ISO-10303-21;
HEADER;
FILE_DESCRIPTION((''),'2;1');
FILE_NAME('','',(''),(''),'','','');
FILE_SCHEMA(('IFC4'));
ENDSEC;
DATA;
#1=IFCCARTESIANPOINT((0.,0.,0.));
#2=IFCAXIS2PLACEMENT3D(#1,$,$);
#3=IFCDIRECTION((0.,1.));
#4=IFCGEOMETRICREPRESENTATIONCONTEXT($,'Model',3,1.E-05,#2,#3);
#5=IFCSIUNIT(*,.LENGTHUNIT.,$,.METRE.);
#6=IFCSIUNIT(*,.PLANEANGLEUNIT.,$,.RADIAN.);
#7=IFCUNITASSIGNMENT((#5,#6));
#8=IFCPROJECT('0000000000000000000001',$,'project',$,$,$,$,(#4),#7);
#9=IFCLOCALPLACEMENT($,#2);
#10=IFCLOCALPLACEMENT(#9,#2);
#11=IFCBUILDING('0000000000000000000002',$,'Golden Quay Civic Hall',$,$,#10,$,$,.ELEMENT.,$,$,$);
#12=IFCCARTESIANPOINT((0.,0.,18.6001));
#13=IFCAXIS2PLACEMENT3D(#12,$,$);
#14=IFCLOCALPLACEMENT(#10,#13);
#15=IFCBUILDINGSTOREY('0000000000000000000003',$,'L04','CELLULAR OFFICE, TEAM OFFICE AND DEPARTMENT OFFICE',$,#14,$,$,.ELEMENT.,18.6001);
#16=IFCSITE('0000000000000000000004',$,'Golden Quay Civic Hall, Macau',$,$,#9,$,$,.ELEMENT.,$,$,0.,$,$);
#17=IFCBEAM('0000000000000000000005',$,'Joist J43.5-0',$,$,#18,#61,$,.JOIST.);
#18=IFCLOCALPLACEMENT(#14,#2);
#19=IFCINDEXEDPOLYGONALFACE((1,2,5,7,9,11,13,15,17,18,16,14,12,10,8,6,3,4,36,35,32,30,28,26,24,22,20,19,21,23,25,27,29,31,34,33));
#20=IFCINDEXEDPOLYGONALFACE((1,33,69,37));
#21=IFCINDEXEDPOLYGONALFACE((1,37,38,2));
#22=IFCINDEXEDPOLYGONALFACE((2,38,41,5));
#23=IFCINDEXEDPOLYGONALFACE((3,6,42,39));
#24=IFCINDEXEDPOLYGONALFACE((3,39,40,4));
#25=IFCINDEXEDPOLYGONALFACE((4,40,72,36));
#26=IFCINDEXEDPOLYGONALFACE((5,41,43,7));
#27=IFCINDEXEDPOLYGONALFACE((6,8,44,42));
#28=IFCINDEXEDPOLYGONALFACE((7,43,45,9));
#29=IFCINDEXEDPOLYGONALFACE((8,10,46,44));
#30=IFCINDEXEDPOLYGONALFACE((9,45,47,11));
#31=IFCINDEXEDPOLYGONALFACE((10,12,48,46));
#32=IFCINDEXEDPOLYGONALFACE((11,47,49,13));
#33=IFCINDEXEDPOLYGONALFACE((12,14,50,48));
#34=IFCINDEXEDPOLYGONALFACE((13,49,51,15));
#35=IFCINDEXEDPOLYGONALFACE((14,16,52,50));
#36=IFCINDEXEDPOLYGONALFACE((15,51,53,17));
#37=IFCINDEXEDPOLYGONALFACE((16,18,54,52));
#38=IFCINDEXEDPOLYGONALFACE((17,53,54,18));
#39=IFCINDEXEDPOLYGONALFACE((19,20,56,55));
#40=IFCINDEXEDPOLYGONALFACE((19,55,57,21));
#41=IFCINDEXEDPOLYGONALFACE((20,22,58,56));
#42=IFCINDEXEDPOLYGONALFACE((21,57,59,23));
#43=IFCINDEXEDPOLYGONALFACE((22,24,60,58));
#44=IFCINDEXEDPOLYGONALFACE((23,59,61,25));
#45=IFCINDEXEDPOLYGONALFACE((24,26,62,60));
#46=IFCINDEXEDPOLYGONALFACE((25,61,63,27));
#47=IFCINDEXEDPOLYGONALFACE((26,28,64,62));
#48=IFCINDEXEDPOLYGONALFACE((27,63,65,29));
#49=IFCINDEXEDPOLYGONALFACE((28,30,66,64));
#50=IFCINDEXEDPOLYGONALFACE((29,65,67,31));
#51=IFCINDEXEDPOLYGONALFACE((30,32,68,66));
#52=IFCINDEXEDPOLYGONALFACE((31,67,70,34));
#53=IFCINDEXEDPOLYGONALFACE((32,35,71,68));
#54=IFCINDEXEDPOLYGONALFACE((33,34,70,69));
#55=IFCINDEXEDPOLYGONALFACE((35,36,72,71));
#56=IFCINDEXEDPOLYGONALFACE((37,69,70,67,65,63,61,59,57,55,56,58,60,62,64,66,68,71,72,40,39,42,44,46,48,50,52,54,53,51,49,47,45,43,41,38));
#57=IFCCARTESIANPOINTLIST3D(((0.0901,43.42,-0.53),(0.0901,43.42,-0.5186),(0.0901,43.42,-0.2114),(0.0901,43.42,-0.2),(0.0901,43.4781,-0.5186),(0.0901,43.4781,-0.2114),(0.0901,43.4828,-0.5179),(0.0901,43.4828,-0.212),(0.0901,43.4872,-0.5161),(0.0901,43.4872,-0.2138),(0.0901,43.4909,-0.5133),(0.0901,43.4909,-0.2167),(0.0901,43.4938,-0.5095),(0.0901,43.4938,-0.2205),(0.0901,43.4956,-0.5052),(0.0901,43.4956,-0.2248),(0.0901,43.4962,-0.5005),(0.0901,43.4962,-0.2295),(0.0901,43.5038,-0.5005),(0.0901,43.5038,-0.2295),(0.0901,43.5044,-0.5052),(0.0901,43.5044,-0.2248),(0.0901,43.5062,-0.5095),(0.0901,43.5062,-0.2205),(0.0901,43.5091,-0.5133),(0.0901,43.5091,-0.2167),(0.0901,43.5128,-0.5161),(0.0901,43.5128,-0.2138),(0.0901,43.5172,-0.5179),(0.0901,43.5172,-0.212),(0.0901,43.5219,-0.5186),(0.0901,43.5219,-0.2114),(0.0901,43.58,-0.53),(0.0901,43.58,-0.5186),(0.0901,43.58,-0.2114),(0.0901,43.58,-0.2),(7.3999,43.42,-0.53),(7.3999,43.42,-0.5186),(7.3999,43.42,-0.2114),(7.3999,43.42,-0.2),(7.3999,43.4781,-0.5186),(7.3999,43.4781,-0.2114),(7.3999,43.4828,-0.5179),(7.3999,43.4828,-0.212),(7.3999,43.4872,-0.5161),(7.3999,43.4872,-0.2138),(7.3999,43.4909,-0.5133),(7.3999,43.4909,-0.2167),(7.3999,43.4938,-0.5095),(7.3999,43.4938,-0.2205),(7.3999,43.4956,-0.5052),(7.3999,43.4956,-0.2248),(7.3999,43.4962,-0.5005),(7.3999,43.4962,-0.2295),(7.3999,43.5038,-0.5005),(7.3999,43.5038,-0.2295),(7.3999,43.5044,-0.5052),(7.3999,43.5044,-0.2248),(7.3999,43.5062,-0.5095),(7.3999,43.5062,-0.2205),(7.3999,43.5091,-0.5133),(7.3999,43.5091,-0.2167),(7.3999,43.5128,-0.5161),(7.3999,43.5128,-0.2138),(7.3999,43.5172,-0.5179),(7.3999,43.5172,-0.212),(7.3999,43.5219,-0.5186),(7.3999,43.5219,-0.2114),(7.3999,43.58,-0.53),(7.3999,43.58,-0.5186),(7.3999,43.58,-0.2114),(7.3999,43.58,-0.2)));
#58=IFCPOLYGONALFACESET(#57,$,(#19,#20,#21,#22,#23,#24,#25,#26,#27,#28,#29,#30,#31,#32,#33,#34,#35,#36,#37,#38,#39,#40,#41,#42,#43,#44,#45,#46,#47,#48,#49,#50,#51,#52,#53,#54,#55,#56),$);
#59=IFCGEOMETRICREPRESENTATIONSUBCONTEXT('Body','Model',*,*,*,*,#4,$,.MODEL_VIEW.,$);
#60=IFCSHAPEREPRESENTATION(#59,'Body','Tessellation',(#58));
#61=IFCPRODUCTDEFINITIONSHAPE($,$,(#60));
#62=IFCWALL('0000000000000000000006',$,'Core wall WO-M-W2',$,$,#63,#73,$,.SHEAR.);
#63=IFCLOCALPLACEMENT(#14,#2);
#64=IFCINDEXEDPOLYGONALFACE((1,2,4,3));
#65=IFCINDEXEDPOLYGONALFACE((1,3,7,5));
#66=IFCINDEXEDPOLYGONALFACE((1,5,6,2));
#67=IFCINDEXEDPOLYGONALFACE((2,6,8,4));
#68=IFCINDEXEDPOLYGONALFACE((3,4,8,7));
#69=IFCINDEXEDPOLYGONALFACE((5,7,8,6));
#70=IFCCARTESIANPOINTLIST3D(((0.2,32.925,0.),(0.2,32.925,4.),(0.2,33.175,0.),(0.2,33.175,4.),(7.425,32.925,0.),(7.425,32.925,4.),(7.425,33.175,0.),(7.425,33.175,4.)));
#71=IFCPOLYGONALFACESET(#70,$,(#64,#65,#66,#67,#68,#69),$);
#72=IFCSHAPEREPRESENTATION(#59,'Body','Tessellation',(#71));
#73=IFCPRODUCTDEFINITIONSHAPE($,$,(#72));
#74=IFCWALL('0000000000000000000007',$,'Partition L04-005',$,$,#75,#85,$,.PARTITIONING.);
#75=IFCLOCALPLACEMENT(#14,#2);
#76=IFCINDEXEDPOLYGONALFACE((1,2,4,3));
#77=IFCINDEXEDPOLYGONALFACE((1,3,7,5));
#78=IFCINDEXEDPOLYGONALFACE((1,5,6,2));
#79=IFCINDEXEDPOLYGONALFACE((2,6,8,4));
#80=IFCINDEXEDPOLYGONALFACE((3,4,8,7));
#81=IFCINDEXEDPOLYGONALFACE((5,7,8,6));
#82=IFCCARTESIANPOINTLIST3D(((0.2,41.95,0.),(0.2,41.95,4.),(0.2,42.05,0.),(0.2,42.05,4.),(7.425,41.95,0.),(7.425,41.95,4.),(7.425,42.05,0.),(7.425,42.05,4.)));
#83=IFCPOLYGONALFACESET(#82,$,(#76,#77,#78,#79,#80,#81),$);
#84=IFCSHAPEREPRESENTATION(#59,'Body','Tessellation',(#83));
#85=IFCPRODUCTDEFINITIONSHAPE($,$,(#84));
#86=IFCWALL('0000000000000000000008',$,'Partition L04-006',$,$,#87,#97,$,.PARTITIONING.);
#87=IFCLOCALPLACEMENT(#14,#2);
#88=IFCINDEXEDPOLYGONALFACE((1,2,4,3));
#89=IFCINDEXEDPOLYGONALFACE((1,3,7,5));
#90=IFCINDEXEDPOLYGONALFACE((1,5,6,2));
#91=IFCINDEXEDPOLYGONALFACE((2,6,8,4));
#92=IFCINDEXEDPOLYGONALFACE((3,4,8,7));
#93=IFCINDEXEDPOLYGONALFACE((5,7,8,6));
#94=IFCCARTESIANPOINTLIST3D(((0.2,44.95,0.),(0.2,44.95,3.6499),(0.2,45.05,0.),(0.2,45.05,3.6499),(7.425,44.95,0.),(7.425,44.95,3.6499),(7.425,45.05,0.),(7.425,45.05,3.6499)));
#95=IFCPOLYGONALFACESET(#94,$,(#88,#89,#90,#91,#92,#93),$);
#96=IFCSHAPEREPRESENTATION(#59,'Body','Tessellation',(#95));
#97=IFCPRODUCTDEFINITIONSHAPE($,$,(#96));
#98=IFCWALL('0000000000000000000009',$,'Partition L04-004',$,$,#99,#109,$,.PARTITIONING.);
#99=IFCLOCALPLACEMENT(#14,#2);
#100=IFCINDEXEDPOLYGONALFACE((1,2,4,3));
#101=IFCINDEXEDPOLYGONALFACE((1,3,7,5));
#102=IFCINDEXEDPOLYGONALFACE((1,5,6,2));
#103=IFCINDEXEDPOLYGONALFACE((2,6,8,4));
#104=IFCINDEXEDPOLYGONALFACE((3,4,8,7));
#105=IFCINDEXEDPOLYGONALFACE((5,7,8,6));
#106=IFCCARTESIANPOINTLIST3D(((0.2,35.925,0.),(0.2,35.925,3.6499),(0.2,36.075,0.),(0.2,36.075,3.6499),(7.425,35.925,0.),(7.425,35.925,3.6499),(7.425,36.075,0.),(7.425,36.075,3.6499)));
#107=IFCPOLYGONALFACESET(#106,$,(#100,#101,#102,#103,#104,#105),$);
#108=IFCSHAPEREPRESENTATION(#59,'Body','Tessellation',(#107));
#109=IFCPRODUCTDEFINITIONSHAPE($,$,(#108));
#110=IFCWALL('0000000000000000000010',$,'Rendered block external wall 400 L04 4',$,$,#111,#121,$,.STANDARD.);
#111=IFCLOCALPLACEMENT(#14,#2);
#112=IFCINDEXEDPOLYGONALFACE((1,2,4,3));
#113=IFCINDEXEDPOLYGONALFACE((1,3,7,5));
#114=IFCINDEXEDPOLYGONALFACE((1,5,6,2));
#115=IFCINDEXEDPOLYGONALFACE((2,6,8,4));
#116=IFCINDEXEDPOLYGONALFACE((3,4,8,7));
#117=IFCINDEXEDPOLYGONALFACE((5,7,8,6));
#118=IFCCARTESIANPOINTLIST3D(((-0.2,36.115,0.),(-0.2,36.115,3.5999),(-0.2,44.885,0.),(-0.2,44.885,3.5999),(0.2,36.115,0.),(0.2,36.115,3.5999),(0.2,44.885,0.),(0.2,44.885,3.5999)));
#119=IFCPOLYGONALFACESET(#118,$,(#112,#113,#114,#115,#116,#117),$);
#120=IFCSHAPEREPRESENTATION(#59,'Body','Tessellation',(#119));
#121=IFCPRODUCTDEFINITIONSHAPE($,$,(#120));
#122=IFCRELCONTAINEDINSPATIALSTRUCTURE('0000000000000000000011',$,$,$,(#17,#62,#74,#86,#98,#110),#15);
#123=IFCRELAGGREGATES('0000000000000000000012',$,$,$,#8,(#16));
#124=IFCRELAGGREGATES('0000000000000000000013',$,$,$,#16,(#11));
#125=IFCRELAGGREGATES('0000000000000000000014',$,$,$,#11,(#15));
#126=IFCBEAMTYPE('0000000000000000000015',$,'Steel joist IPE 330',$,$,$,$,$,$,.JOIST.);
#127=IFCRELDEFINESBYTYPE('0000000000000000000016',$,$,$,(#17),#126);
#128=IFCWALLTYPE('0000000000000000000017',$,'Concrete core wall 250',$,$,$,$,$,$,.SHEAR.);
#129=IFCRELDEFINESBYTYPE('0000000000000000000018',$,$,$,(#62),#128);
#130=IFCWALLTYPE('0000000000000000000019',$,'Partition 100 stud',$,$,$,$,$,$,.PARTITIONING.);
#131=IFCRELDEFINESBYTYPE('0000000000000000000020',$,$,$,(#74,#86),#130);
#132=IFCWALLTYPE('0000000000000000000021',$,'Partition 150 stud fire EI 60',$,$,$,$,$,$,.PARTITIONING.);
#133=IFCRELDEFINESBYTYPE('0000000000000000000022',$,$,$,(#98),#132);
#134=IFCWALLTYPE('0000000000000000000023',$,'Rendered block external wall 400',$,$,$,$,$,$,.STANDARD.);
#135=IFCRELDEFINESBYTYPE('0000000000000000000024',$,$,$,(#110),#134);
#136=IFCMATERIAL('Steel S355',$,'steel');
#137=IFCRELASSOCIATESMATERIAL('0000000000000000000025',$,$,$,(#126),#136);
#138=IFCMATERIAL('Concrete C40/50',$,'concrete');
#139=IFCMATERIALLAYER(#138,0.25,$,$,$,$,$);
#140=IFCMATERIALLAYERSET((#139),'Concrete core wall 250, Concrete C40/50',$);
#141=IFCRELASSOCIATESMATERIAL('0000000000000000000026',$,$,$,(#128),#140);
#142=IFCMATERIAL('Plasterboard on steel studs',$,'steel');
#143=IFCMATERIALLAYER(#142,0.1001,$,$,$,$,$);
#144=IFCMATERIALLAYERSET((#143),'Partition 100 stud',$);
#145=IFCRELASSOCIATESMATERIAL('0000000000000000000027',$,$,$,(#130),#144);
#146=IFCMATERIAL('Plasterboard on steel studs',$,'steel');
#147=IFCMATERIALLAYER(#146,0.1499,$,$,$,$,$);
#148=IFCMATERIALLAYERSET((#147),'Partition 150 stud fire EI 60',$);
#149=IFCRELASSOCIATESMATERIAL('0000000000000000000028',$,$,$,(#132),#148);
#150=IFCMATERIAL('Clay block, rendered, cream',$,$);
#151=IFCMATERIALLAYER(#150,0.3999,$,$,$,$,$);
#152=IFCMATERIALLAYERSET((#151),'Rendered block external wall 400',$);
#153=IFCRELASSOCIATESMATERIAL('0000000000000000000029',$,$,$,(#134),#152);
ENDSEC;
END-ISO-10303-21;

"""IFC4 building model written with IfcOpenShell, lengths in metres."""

from ifc_helpers import new_model, si_unit, direction, frame, frame_2d, origin, origin_2d, place, context, subcontext, project, spatial, rectangle, i_section, extrude, material, layer, layer_set, material_profile, profile_set, type_object, element, save


model = new_model("IFC4")

# Units and contexts
model_context = context("Model", 3, precision=1e-05, world=origin(), true_north=direction((0.0, 1.0)))
body_context = subcontext(model_context, "Body", "Model", "MODEL_VIEW")
ifc_project = project(units=[si_unit("LENGTHUNIT", "METRE"), si_unit("PLANEANGLEUNIT", "RADIAN")], contexts=[model_context])

# Site, building, storey
site_placement = place(None, origin())
site = spatial("IfcSite", under=ifc_project, at=site_placement, Name="Golden Quay Civic Hall, Macau", CompositionType="ELEMENT", RefElevation=0.0)
building_placement = place(site_placement, origin())
building = spatial("IfcBuilding", under=site, at=building_placement, Name="Golden Quay Civic Hall", CompositionType="ELEMENT")
storey_placement = place(building_placement, frame((0.0, 0.0, 18.6001)))
storey = spatial("IfcBuildingStorey", under=building, at=storey_placement, Name="L04", Description="CELLULAR OFFICE, TEAM OFFICE AND DEPARTMENT OFFICE", CompositionType="ELEMENT", Elevation=18.6001)

# Beam
ifc_material_1 = material(Name="Steel S355", Category="steel")
ifc_material_profile_1 = material_profile(ifc_material_1, i_section(OverallWidth=0.1599, OverallDepth=0.3301, WebThickness=0.0076, FlangeThickness=0.0115, FilletRadius=0.0181, at=origin_2d()), Name="IPE 330")
ifc_profile_set_1 = profile_set([ifc_material_profile_1], Name="Steel S355")
beam_type_1 = type_object("IfcBeamType", Name="Steel joist IPE 330", PredefinedType="JOIST", material=ifc_profile_set_1)
for number, where, z_axis, x_axis, name in (
    (1, (0.0901, 43.5, -0.365), (1.0, 0.0, 0.0), (0.0, 1.0, 0.0), "Joist J43.5-0"),
):
    element("IfcBeam", number, at=place(storey_placement, frame(where, z_axis=z_axis, x_axis=x_axis)), inside=storey, type_object=beam_type_1, Name=name, PredefinedType="JOIST", context=body_context, shape_type="SweptSolid", body=[
        extrude(i_section(OverallWidth=0.1599, OverallDepth=0.3301, WebThickness=0.0076, FlangeThickness=0.0115, FilletRadius=0.0181, at=origin_2d()), origin(), (0.0, 0.0, 1.0), 7.3098),
    ])

# Walls
ifc_material_2 = material(Name="Concrete C40/50", Category="concrete")
ifc_layer_1 = layer(ifc_material_2, 0.25)
ifc_layer_set_1 = layer_set([ifc_layer_1], Name="Concrete core wall 250, Concrete C40/50")
wall_type_1 = type_object("IfcWallType", Name="Concrete core wall 250", PredefinedType="SHEAR", material=ifc_layer_set_1)
wall_1_placement = place(storey_placement, frame((0.2, 33.05, 0.0), z_axis=(0.0, 0.0, 1.0), x_axis=(1.0, 0.0, 0.0)))
element("IfcWall", 2, at=wall_1_placement, inside=storey, type_object=wall_type_1, Name="Core wall WO-M-W2", PredefinedType="SHEAR", context=body_context, shape_type="SweptSolid", body=[
    extrude(rectangle(XDim=7.2251, YDim=0.25, at=frame_2d((3.6125, 0.0))), origin(), (0.0, 0.0, 1.0), 4.0),
])
ifc_material_3 = material(Name="Plasterboard on steel studs", Category="steel")
ifc_layer_2 = layer(ifc_material_3, 0.1001)
ifc_layer_set_2 = layer_set([ifc_layer_2], Name="Partition 100 stud")
wall_type_2 = type_object("IfcWallType", Name="Partition 100 stud", PredefinedType="PARTITIONING", material=ifc_layer_set_2)
wall_2_placement = place(storey_placement, frame((0.2, 42.0, 0.0), z_axis=(0.0, 0.0, 1.0), x_axis=(1.0, 0.0, 0.0)))
element("IfcWall", 3, at=wall_2_placement, inside=storey, type_object=wall_type_2, Name="Partition L04-005", PredefinedType="PARTITIONING", context=body_context, shape_type="SweptSolid", body=[
    extrude(rectangle(XDim=7.2251, YDim=0.1001, at=frame_2d((3.6125, 0.0))), origin(), (0.0, 0.0, 1.0), 4.0),
])
wall_3_placement = place(storey_placement, frame((0.2, 45.0, 0.0), z_axis=(0.0, 0.0, 1.0), x_axis=(1.0, 0.0, 0.0)))
element("IfcWall", 4, at=wall_3_placement, inside=storey, type_object=wall_type_2, Name="Partition L04-006", PredefinedType="PARTITIONING", context=body_context, shape_type="SweptSolid", body=[
    extrude(rectangle(XDim=7.2251, YDim=0.1001, at=frame_2d((3.6125, 0.0))), origin(), (0.0, 0.0, 1.0), 3.6499),
])
ifc_material_4 = material(Name="Plasterboard on steel studs", Category="steel")
ifc_layer_3 = layer(ifc_material_4, 0.1499)
ifc_layer_set_3 = layer_set([ifc_layer_3], Name="Partition 150 stud fire EI 60")
wall_type_3 = type_object("IfcWallType", Name="Partition 150 stud fire EI 60", PredefinedType="PARTITIONING", material=ifc_layer_set_3)
wall_4_placement = place(storey_placement, frame((0.2, 36.0, 0.0), z_axis=(0.0, 0.0, 1.0), x_axis=(1.0, 0.0, 0.0)))
element("IfcWall", 5, at=wall_4_placement, inside=storey, type_object=wall_type_3, Name="Partition L04-004", PredefinedType="PARTITIONING", context=body_context, shape_type="SweptSolid", body=[
    extrude(rectangle(XDim=7.2251, YDim=0.1499, at=frame_2d((3.6125, 0.0))), origin(), (0.0, 0.0, 1.0), 3.6499),
])
ifc_material_5 = material(Name="Clay block, rendered, cream")
ifc_layer_4 = layer(ifc_material_5, 0.3999)
ifc_layer_set_4 = layer_set([ifc_layer_4], Name="Rendered block external wall 400")
wall_type_4 = type_object("IfcWallType", Name="Rendered block external wall 400", PredefinedType="STANDARD", material=ifc_layer_set_4)
wall_5_placement = place(storey_placement, frame((0.0, 36.115, 0.0), z_axis=(0.0, 0.0, 1.0), x_axis=(0.0, 1.0, 0.0)))
element("IfcWall", 6, at=wall_5_placement, inside=storey, type_object=wall_type_4, Name="Rendered block external wall 400 L04 4", PredefinedType="STANDARD", context=body_context, shape_type="SweptSolid", body=[
    extrude(rectangle(XDim=8.77, YDim=0.3999, at=frame_2d((4.385, 0.0))), origin(), (0.0, 0.0, 1.0), 3.5999),
])

save(model, "model.ifc")
